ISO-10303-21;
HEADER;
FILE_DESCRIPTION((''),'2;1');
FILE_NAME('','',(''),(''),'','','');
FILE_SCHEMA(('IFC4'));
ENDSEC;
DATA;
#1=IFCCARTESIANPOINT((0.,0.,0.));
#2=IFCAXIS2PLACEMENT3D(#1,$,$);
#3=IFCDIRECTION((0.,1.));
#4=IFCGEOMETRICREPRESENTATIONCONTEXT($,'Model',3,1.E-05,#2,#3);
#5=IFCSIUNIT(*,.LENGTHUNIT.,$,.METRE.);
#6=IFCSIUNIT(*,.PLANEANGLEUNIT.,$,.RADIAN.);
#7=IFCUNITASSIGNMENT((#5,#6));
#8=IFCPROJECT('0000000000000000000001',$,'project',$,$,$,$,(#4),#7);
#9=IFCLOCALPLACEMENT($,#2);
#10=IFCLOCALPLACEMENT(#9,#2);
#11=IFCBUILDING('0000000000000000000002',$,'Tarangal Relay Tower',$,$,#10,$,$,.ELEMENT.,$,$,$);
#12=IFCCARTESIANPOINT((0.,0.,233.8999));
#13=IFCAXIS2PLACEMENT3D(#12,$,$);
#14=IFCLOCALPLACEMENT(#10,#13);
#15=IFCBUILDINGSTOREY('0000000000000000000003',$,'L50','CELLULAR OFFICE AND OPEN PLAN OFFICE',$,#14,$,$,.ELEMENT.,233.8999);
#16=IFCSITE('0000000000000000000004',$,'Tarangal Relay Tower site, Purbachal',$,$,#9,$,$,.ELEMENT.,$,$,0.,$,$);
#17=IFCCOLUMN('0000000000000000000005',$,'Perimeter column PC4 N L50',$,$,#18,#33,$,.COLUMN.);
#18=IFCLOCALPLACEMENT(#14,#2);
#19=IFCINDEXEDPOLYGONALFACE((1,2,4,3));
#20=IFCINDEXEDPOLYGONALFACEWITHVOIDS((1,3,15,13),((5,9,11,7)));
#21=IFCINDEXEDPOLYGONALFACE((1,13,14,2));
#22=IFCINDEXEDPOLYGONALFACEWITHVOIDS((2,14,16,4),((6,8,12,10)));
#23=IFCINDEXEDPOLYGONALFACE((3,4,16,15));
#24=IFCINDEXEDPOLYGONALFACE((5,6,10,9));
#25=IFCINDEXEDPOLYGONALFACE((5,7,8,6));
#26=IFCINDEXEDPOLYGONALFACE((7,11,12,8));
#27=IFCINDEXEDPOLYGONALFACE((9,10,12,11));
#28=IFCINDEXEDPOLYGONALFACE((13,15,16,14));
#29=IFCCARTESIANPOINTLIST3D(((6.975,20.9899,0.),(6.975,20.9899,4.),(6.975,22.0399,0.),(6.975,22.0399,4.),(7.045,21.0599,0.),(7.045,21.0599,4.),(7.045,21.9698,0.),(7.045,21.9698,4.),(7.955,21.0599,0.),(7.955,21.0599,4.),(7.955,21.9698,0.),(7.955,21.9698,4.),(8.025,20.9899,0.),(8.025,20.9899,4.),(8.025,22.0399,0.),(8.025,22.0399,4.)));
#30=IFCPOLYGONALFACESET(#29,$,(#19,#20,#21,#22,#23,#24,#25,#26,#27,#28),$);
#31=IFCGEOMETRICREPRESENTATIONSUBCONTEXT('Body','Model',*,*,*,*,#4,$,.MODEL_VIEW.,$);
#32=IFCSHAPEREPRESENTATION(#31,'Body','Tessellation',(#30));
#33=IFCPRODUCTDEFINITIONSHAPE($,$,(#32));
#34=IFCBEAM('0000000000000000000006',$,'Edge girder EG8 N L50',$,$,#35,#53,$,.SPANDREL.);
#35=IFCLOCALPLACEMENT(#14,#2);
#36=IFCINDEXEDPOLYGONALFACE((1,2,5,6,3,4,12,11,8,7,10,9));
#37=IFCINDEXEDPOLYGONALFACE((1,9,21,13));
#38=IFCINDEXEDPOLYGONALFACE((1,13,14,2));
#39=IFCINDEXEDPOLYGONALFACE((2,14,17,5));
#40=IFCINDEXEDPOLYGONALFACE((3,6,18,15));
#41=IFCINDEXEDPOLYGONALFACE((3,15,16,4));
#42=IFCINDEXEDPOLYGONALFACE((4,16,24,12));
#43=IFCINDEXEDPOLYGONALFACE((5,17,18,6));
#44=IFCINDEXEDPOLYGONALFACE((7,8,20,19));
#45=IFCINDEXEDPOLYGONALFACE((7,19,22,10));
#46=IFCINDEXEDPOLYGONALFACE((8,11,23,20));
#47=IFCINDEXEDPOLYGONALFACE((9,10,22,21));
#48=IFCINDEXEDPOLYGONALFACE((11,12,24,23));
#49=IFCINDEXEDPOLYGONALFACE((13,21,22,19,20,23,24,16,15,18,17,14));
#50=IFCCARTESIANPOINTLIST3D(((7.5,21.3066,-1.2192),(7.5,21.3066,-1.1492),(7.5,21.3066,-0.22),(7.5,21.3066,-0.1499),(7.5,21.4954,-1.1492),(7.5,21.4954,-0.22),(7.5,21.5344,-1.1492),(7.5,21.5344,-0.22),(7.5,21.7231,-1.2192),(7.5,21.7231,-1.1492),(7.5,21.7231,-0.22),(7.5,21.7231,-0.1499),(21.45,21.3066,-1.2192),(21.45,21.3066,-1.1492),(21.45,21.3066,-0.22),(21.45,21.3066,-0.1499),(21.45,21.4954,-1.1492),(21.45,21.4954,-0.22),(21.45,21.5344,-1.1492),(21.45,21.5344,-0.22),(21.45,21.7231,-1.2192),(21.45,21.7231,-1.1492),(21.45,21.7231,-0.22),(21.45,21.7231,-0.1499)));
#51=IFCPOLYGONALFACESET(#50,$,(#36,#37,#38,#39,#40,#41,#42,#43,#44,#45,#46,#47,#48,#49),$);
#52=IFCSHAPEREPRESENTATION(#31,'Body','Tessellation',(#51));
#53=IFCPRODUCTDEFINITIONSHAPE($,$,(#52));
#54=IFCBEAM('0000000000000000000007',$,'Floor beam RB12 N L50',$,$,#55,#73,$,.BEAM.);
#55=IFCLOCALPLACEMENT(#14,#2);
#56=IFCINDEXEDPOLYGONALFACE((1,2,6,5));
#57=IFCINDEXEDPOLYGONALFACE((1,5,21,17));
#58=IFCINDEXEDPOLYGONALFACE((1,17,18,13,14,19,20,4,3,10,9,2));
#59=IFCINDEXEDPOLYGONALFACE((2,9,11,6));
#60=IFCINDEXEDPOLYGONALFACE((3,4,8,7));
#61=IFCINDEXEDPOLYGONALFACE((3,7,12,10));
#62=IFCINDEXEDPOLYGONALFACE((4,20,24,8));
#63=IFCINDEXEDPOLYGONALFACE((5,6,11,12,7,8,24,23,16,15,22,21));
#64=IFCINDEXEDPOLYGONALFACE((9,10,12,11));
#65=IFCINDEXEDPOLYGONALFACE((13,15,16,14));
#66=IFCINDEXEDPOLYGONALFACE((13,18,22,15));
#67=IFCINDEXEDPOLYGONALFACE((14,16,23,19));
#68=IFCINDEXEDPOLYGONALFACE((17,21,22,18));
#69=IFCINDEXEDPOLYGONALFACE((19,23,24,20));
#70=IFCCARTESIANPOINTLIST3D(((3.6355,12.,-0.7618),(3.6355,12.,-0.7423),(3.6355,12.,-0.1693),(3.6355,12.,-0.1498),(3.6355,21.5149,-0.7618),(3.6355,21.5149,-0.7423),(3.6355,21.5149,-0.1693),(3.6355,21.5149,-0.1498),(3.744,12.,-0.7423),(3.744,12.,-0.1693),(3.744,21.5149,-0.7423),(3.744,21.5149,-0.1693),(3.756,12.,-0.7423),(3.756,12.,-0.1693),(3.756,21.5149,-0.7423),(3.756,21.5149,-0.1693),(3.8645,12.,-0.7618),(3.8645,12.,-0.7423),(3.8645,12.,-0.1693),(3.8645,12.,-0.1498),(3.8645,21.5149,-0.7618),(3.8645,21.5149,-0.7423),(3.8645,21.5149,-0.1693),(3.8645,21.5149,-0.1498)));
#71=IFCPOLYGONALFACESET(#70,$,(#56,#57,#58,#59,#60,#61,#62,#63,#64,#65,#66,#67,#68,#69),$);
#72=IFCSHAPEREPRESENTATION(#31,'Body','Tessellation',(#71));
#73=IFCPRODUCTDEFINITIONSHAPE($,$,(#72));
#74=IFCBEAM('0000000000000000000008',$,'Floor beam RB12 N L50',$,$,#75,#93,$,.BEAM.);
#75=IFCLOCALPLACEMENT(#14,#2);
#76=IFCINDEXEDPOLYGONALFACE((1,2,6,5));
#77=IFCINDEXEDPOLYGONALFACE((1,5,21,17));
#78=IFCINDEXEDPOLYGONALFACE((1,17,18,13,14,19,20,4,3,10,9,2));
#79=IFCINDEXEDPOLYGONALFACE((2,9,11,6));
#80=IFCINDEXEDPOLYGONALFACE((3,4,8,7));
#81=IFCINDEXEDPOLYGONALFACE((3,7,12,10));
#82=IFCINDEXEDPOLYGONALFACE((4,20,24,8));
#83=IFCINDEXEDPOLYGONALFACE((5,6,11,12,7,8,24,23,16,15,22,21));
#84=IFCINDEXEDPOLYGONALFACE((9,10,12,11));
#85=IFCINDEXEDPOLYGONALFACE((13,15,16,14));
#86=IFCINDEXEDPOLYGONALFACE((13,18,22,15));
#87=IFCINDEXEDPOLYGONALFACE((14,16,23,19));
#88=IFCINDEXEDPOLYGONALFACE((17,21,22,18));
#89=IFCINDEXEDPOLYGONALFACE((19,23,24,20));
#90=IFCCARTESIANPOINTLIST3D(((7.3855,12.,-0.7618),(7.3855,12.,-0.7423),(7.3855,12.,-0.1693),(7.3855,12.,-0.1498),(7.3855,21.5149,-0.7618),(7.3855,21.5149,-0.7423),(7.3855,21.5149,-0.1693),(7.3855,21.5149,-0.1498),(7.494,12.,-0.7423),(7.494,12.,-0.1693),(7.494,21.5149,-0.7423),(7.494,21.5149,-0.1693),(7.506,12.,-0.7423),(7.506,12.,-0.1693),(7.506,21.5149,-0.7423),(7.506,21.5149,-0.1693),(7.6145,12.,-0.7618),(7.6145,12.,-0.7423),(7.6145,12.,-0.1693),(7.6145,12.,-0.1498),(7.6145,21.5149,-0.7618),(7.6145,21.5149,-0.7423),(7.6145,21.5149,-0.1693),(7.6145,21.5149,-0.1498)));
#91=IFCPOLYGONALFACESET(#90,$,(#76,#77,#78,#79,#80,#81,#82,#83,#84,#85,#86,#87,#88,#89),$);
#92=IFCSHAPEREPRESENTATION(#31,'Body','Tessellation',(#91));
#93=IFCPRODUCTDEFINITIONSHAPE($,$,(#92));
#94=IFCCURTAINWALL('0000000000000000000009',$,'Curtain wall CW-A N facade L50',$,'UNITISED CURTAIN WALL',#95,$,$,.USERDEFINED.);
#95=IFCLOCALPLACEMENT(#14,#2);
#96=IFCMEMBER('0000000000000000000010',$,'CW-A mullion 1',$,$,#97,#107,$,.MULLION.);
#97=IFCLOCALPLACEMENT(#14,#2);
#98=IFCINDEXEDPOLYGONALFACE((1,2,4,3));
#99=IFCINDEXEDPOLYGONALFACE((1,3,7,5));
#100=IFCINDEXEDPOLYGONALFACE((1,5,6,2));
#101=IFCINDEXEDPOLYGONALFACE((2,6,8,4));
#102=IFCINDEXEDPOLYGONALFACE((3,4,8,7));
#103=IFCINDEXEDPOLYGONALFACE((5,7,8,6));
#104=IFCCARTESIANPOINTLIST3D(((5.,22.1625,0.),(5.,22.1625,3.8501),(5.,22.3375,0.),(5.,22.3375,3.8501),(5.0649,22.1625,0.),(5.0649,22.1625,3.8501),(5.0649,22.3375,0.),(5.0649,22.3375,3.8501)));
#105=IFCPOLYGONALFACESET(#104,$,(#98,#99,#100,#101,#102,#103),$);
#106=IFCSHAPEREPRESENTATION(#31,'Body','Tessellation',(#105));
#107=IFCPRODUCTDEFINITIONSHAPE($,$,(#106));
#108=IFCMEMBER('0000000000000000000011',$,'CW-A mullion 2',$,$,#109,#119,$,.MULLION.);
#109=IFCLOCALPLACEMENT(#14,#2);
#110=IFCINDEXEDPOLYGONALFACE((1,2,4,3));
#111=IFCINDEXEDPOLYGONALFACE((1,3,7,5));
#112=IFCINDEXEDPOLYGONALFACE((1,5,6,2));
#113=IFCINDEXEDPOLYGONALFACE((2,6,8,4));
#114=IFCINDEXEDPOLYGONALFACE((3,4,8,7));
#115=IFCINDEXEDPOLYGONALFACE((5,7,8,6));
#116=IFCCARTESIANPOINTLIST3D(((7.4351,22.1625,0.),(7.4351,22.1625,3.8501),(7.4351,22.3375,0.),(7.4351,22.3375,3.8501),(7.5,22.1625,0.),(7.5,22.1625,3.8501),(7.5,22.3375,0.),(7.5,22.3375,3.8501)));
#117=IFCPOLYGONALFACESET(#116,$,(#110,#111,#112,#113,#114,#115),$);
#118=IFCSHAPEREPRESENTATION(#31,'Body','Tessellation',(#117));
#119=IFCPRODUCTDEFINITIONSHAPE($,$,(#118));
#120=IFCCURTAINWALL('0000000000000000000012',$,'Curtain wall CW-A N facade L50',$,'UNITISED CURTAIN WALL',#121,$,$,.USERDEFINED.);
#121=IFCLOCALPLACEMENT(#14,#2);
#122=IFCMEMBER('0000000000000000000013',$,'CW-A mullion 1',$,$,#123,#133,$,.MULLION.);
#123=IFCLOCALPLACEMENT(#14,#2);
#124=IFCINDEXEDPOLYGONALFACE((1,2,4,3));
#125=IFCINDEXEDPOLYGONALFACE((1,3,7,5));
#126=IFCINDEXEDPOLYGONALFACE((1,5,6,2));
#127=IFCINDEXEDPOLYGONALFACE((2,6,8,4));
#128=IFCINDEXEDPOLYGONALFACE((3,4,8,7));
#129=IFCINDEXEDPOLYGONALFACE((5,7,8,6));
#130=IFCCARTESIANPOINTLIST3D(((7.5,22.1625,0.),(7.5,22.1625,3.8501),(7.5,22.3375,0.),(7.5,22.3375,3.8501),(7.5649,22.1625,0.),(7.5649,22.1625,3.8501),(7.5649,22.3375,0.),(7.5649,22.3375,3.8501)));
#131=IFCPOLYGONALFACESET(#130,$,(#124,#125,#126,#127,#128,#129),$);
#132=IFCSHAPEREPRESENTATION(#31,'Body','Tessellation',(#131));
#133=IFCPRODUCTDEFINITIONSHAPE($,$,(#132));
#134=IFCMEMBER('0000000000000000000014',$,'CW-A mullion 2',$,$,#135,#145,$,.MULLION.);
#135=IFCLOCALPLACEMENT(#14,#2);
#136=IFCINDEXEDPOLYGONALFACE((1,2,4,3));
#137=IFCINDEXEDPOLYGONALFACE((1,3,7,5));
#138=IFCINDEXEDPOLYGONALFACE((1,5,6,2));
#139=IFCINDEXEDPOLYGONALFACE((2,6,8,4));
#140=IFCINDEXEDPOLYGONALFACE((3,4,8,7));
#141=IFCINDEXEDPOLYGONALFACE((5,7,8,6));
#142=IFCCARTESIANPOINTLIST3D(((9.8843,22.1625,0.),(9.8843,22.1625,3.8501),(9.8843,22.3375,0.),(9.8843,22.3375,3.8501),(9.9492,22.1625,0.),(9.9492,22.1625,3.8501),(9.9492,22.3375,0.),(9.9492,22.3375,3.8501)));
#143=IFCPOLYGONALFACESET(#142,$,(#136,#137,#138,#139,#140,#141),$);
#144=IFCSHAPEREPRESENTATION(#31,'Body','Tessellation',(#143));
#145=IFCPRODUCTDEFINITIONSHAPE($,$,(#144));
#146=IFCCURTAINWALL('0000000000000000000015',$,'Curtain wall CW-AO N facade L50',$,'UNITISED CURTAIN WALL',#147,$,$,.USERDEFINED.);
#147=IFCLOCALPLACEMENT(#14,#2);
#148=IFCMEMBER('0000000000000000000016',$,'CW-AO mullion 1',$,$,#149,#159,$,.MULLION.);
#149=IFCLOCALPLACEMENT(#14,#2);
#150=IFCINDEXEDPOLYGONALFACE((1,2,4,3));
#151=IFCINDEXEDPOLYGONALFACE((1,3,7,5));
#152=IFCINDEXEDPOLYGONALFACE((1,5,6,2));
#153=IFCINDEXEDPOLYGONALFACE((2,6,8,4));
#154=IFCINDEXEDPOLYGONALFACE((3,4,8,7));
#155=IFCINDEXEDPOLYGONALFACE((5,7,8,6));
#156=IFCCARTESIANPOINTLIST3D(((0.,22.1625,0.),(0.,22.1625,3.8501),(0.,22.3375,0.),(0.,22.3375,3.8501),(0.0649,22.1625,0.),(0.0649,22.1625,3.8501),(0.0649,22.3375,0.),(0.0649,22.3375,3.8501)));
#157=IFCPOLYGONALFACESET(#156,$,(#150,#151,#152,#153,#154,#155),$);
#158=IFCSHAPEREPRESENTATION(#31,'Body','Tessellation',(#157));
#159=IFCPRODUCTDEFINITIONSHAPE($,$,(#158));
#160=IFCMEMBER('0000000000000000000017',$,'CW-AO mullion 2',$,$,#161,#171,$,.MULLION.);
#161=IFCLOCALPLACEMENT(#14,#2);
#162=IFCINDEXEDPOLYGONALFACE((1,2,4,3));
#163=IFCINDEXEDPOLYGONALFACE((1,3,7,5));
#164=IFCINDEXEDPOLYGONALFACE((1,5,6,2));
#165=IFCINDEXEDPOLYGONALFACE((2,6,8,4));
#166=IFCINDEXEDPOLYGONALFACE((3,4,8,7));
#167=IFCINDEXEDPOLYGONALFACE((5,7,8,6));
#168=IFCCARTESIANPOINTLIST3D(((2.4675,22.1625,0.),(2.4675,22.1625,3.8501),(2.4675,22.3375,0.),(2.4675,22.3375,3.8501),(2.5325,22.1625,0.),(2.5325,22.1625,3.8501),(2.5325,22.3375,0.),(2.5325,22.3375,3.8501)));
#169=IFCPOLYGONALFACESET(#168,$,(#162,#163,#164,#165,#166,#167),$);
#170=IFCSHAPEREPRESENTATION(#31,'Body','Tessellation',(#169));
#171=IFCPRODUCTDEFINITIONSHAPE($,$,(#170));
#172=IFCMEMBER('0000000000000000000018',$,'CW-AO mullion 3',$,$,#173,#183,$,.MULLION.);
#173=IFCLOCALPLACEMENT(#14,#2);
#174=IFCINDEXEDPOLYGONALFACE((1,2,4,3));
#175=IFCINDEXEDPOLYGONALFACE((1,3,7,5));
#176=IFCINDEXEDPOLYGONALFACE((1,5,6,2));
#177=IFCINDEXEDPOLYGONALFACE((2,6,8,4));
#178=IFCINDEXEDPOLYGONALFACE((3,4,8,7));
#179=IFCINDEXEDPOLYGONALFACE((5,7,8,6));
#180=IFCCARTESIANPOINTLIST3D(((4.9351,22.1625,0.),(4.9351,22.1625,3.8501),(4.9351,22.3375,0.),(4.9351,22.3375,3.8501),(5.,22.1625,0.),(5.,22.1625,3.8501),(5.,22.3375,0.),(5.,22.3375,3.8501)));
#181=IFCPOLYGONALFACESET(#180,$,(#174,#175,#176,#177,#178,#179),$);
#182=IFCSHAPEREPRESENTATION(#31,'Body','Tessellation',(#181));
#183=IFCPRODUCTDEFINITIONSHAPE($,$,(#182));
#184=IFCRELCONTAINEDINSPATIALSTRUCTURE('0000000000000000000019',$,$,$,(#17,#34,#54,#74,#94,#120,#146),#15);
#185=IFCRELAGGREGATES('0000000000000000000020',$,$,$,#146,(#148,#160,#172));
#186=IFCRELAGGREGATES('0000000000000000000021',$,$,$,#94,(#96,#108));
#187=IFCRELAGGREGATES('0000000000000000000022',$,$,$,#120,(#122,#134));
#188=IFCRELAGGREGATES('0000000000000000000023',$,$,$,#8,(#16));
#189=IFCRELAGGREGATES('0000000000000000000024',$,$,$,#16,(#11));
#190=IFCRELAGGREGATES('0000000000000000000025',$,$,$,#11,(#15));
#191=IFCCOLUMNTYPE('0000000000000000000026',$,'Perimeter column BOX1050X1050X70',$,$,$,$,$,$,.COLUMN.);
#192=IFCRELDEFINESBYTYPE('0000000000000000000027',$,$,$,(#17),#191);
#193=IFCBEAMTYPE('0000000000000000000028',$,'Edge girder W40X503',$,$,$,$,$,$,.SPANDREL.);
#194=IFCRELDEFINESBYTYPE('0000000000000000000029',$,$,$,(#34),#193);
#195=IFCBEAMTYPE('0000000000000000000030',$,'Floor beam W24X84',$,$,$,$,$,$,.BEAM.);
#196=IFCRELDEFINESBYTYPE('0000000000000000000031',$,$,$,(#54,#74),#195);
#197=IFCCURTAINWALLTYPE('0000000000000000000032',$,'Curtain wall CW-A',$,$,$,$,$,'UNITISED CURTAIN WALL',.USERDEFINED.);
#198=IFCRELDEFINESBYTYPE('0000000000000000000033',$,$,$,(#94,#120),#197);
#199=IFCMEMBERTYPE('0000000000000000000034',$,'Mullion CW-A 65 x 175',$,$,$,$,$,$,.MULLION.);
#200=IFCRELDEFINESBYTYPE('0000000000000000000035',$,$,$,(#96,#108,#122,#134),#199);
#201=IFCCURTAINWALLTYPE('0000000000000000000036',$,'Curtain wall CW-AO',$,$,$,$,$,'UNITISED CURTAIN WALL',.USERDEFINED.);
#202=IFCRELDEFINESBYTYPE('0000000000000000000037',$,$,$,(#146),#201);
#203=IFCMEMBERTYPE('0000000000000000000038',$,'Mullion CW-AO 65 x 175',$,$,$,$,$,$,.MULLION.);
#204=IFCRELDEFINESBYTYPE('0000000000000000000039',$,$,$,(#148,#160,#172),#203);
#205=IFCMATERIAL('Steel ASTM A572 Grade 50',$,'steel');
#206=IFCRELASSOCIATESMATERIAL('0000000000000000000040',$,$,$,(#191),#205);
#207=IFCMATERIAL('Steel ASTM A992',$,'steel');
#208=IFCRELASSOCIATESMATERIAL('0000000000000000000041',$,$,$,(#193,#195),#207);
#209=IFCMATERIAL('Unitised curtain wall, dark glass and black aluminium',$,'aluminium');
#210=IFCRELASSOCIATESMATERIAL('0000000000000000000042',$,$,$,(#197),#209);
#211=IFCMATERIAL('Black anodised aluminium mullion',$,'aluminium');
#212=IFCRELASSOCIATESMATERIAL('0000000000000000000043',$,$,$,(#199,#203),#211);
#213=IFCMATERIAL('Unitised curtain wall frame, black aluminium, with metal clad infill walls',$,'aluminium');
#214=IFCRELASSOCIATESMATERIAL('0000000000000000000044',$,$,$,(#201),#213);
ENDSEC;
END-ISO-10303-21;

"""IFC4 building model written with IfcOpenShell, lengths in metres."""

from ifc_helpers import new_model, si_unit, direction, frame, origin, origin_2d, place, context, subcontext, project, spatial, rectangle, hollow_rectangle, i_section, extrude, material, material_profile, profile_set, type_object, element, aggregate, save


model = new_model("IFC4")

# Units and contexts
model_context = context("Model", 3, precision=1e-05, world=origin(), true_north=direction((0.0, 1.0)))
body_context = subcontext(model_context, "Body", "Model", "MODEL_VIEW")
ifc_project = project(units=[si_unit("LENGTHUNIT", "METRE"), si_unit("PLANEANGLEUNIT", "RADIAN")], contexts=[model_context])

# Site, building, storey
site_placement = place(None, origin())
site = spatial("IfcSite", under=ifc_project, at=site_placement, Name="Tarangal Relay Tower site, Purbachal", CompositionType="ELEMENT", RefElevation=0.0)
building_placement = place(site_placement, origin())
building = spatial("IfcBuilding", under=site, at=building_placement, Name="Tarangal Relay Tower", CompositionType="ELEMENT")
storey_placement = place(building_placement, frame((0.0, 0.0, 233.8999)))
storey = spatial("IfcBuildingStorey", under=building, at=storey_placement, Name="L50", Description="CELLULAR OFFICE AND OPEN PLAN OFFICE", CompositionType="ELEMENT", Elevation=233.8999)

# Column
ifc_material_1 = material(Name="Steel ASTM A572 Grade 50", Category="steel")
ifc_material_profile_1 = material_profile(ifc_material_1, hollow_rectangle(XDim=1.05, YDim=1.05, WallThickness=0.0701, at=origin_2d()), Name="BOX1050X1050X70")
ifc_profile_set_1 = profile_set([ifc_material_profile_1], Name="Steel ASTM A572 Grade 50")
column_type = type_object("IfcColumnType", Name="Perimeter column BOX1050X1050X70", PredefinedType="COLUMN", material=ifc_profile_set_1)
column_placement = place(storey_placement, frame((7.5, 21.5149, 0.0), z_axis=(0.0, 0.0, 1.0), x_axis=(1.0, 0.0, 0.0)))
element("IfcColumn", 1, at=column_placement, inside=storey, type_object=column_type, Name="Perimeter column PC4 N L50", PredefinedType="COLUMN", context=body_context, shape_type="SweptSolid", body=[
    extrude(hollow_rectangle(XDim=1.05, YDim=1.05, WallThickness=0.0701, at=origin_2d()), origin(), (0.0, 0.0, 1.0), 4.0),
])

# Beams
ifc_material_2 = material(Name="Steel ASTM A992", Category="steel")
ifc_material_profile_2 = material_profile(ifc_material_2, i_section(OverallWidth=0.4165, OverallDepth=1.0693, WebThickness=0.0391, FlangeThickness=0.0701, at=origin_2d()), Name="W40X503")
ifc_profile_set_2 = profile_set([ifc_material_profile_2], Name="Steel ASTM A992")
beam_type_1 = type_object("IfcBeamType", Name="Edge girder W40X503", PredefinedType="SPANDREL", material=ifc_profile_set_2)
beam_placement = place(storey_placement, frame((7.5, 21.5149, -0.6846), z_axis=(1.0, 0.0, 0.0), x_axis=(0.0, 1.0, 0.0)))
element("IfcBeam", 2, at=beam_placement, inside=storey, type_object=beam_type_1, Name="Edge girder EG8 N L50", PredefinedType="SPANDREL", context=body_context, shape_type="SweptSolid", body=[
    extrude(i_section(OverallWidth=0.4165, OverallDepth=1.0693, WebThickness=0.0391, FlangeThickness=0.0701, at=origin_2d()), origin(), (0.0, 0.0, 1.0), 13.95),
])
ifc_material_profile_3 = material_profile(ifc_material_2, i_section(OverallWidth=0.229, OverallDepth=0.6121, WebThickness=0.012, FlangeThickness=0.0195, at=origin_2d()), Name="W24X84")
ifc_profile_set_3 = profile_set([ifc_material_profile_3], Name="Steel ASTM A992")
beam_type_2 = type_object("IfcBeamType", Name="Floor beam W24X84", PredefinedType="BEAM", material=ifc_profile_set_3)
for number, where, z_axis, x_axis, name in (
    (3, (3.75, 12.0, -0.4558), (0.0, 1.0, 0.0), (-1.0, 0.0, 0.0), "Floor beam RB12 N L50"),
    (4, (7.5, 12.0, -0.4558), (0.0, 1.0, 0.0), (-1.0, 0.0, 0.0), "Floor beam RB12 N L50"),
):
    element("IfcBeam", number, at=place(storey_placement, frame(where, z_axis=z_axis, x_axis=x_axis)), inside=storey, type_object=beam_type_2, Name=name, PredefinedType="BEAM", context=body_context, shape_type="SweptSolid", body=[
        extrude(i_section(OverallWidth=0.229, OverallDepth=0.6121, WebThickness=0.012, FlangeThickness=0.0195, at=origin_2d()), origin(), (0.0, 0.0, 1.0), 9.5149),
    ])

# Curtain walls, members
ifc_material_3 = material(Name="Unitised curtain wall, dark glass and black aluminium", Category="aluminium")
curtain_wall_type_1 = type_object("IfcCurtainWallType", Name="Curtain wall CW-A", ElementType="UNITISED CURTAIN WALL", PredefinedType="USERDEFINED", material=ifc_material_3)
curtain_wall_1_placement = place(storey_placement, origin())
curtain_wall_1 = element("IfcCurtainWall", 5, at=curtain_wall_1_placement, inside=storey, type_object=curtain_wall_type_1, Name="Curtain wall CW-A N facade L50", ObjectType="UNITISED CURTAIN WALL", PredefinedType="USERDEFINED")
ifc_material_4 = material(Name="Black anodised aluminium mullion", Category="aluminium")
ifc_material_profile_4 = material_profile(ifc_material_4, rectangle(XDim=0.175, YDim=0.0649, at=origin_2d()), Name="CW-AM 65X175")
ifc_profile_set_4 = profile_set([ifc_material_profile_4], Name="Black anodised aluminium mullion")
member_type_1 = type_object("IfcMemberType", Name="Mullion CW-A 65 x 175", PredefinedType="MULLION", material=ifc_profile_set_4)
member_1_placement = place(storey_placement, frame((5.0325, 22.25, 0.0), z_axis=(0.0, 0.0, 1.0), x_axis=(0.0, 1.0, 0.0)))
member_1 = element("IfcMember", 6, at=member_1_placement, type_object=member_type_1, Name="CW-A mullion 1", PredefinedType="MULLION", context=body_context, shape_type="SweptSolid", body=[
    extrude(rectangle(XDim=0.175, YDim=0.0649, at=origin_2d()), origin(), (0.0, 0.0, 1.0), 3.8501),
])
member_2_placement = place(storey_placement, frame((7.4675, 22.25, 0.0), z_axis=(0.0, 0.0, 1.0), x_axis=(0.0, 1.0, 0.0)))
member_2 = element("IfcMember", 7, at=member_2_placement, type_object=member_type_1, Name="CW-A mullion 2", PredefinedType="MULLION", context=body_context, shape_type="SweptSolid", body=[
    extrude(rectangle(XDim=0.175, YDim=0.0649, at=origin_2d()), origin(), (0.0, 0.0, 1.0), 3.8501),
])
curtain_wall_2_placement = place(storey_placement, origin())
curtain_wall_2 = element("IfcCurtainWall", 8, at=curtain_wall_2_placement, inside=storey, type_object=curtain_wall_type_1, Name="Curtain wall CW-A N facade L50", ObjectType="UNITISED CURTAIN WALL", PredefinedType="USERDEFINED")
member_3_placement = place(storey_placement, frame((7.5325, 22.25, 0.0), z_axis=(0.0, 0.0, 1.0), x_axis=(0.0, 1.0, 0.0)))
member_3 = element("IfcMember", 9, at=member_3_placement, type_object=member_type_1, Name="CW-A mullion 1", PredefinedType="MULLION", context=body_context, shape_type="SweptSolid", body=[
    extrude(rectangle(XDim=0.175, YDim=0.0649, at=origin_2d()), origin(), (0.0, 0.0, 1.0), 3.8501),
])
member_4_placement = place(storey_placement, frame((9.9167, 22.25, 0.0), z_axis=(0.0, 0.0, 1.0), x_axis=(0.0, 1.0, 0.0)))
member_4 = element("IfcMember", 10, at=member_4_placement, type_object=member_type_1, Name="CW-A mullion 2", PredefinedType="MULLION", context=body_context, shape_type="SweptSolid", body=[
    extrude(rectangle(XDim=0.175, YDim=0.0649, at=origin_2d()), origin(), (0.0, 0.0, 1.0), 3.8501),
])
ifc_material_5 = material(Name="Unitised curtain wall frame, black aluminium, with metal clad infill walls", Category="aluminium")
curtain_wall_type_2 = type_object("IfcCurtainWallType", Name="Curtain wall CW-AO", ElementType="UNITISED CURTAIN WALL", PredefinedType="USERDEFINED", material=ifc_material_5)
curtain_wall_3_placement = place(storey_placement, origin())
curtain_wall_3 = element("IfcCurtainWall", 11, at=curtain_wall_3_placement, inside=storey, type_object=curtain_wall_type_2, Name="Curtain wall CW-AO N facade L50", ObjectType="UNITISED CURTAIN WALL", PredefinedType="USERDEFINED")
ifc_material_profile_5 = material_profile(ifc_material_4, rectangle(XDim=0.175, YDim=0.0649, at=origin_2d()), Name="CW-AOM 65X175")
ifc_profile_set_5 = profile_set([ifc_material_profile_5], Name="Black anodised aluminium mullion")
member_type_2 = type_object("IfcMemberType", Name="Mullion CW-AO 65 x 175", PredefinedType="MULLION", material=ifc_profile_set_5)
member_5_placement = place(storey_placement, frame((0.0325, 22.25, 0.0), z_axis=(0.0, 0.0, 1.0), x_axis=(0.0, 1.0, 0.0)))
member_5 = element("IfcMember", 12, at=member_5_placement, type_object=member_type_2, Name="CW-AO mullion 1", PredefinedType="MULLION", context=body_context, shape_type="SweptSolid", body=[
    extrude(rectangle(XDim=0.175, YDim=0.0649, at=origin_2d()), origin(), (0.0, 0.0, 1.0), 3.8501),
])
member_6_placement = place(storey_placement, frame((2.5, 22.25, 0.0), z_axis=(0.0, 0.0, 1.0), x_axis=(0.0, 1.0, 0.0)))
member_6 = element("IfcMember", 13, at=member_6_placement, type_object=member_type_2, Name="CW-AO mullion 2", PredefinedType="MULLION", context=body_context, shape_type="SweptSolid", body=[
    extrude(rectangle(XDim=0.175, YDim=0.0649, at=origin_2d()), origin(), (0.0, 0.0, 1.0), 3.8501),
])
member_7_placement = place(storey_placement, frame((4.9675, 22.25, 0.0), z_axis=(0.0, 0.0, 1.0), x_axis=(0.0, 1.0, 0.0)))
member_7 = element("IfcMember", 14, at=member_7_placement, type_object=member_type_2, Name="CW-AO mullion 3", PredefinedType="MULLION", context=body_context, shape_type="SweptSolid", body=[
    extrude(rectangle(XDim=0.175, YDim=0.0649, at=origin_2d()), origin(), (0.0, 0.0, 1.0), 3.8501),
])

aggregate(curtain_wall_3, [member_5, member_6, member_7])

aggregate(curtain_wall_1, [member_1, member_2])
aggregate(curtain_wall_2, [member_3, member_4])

save(model, "model.ifc")
